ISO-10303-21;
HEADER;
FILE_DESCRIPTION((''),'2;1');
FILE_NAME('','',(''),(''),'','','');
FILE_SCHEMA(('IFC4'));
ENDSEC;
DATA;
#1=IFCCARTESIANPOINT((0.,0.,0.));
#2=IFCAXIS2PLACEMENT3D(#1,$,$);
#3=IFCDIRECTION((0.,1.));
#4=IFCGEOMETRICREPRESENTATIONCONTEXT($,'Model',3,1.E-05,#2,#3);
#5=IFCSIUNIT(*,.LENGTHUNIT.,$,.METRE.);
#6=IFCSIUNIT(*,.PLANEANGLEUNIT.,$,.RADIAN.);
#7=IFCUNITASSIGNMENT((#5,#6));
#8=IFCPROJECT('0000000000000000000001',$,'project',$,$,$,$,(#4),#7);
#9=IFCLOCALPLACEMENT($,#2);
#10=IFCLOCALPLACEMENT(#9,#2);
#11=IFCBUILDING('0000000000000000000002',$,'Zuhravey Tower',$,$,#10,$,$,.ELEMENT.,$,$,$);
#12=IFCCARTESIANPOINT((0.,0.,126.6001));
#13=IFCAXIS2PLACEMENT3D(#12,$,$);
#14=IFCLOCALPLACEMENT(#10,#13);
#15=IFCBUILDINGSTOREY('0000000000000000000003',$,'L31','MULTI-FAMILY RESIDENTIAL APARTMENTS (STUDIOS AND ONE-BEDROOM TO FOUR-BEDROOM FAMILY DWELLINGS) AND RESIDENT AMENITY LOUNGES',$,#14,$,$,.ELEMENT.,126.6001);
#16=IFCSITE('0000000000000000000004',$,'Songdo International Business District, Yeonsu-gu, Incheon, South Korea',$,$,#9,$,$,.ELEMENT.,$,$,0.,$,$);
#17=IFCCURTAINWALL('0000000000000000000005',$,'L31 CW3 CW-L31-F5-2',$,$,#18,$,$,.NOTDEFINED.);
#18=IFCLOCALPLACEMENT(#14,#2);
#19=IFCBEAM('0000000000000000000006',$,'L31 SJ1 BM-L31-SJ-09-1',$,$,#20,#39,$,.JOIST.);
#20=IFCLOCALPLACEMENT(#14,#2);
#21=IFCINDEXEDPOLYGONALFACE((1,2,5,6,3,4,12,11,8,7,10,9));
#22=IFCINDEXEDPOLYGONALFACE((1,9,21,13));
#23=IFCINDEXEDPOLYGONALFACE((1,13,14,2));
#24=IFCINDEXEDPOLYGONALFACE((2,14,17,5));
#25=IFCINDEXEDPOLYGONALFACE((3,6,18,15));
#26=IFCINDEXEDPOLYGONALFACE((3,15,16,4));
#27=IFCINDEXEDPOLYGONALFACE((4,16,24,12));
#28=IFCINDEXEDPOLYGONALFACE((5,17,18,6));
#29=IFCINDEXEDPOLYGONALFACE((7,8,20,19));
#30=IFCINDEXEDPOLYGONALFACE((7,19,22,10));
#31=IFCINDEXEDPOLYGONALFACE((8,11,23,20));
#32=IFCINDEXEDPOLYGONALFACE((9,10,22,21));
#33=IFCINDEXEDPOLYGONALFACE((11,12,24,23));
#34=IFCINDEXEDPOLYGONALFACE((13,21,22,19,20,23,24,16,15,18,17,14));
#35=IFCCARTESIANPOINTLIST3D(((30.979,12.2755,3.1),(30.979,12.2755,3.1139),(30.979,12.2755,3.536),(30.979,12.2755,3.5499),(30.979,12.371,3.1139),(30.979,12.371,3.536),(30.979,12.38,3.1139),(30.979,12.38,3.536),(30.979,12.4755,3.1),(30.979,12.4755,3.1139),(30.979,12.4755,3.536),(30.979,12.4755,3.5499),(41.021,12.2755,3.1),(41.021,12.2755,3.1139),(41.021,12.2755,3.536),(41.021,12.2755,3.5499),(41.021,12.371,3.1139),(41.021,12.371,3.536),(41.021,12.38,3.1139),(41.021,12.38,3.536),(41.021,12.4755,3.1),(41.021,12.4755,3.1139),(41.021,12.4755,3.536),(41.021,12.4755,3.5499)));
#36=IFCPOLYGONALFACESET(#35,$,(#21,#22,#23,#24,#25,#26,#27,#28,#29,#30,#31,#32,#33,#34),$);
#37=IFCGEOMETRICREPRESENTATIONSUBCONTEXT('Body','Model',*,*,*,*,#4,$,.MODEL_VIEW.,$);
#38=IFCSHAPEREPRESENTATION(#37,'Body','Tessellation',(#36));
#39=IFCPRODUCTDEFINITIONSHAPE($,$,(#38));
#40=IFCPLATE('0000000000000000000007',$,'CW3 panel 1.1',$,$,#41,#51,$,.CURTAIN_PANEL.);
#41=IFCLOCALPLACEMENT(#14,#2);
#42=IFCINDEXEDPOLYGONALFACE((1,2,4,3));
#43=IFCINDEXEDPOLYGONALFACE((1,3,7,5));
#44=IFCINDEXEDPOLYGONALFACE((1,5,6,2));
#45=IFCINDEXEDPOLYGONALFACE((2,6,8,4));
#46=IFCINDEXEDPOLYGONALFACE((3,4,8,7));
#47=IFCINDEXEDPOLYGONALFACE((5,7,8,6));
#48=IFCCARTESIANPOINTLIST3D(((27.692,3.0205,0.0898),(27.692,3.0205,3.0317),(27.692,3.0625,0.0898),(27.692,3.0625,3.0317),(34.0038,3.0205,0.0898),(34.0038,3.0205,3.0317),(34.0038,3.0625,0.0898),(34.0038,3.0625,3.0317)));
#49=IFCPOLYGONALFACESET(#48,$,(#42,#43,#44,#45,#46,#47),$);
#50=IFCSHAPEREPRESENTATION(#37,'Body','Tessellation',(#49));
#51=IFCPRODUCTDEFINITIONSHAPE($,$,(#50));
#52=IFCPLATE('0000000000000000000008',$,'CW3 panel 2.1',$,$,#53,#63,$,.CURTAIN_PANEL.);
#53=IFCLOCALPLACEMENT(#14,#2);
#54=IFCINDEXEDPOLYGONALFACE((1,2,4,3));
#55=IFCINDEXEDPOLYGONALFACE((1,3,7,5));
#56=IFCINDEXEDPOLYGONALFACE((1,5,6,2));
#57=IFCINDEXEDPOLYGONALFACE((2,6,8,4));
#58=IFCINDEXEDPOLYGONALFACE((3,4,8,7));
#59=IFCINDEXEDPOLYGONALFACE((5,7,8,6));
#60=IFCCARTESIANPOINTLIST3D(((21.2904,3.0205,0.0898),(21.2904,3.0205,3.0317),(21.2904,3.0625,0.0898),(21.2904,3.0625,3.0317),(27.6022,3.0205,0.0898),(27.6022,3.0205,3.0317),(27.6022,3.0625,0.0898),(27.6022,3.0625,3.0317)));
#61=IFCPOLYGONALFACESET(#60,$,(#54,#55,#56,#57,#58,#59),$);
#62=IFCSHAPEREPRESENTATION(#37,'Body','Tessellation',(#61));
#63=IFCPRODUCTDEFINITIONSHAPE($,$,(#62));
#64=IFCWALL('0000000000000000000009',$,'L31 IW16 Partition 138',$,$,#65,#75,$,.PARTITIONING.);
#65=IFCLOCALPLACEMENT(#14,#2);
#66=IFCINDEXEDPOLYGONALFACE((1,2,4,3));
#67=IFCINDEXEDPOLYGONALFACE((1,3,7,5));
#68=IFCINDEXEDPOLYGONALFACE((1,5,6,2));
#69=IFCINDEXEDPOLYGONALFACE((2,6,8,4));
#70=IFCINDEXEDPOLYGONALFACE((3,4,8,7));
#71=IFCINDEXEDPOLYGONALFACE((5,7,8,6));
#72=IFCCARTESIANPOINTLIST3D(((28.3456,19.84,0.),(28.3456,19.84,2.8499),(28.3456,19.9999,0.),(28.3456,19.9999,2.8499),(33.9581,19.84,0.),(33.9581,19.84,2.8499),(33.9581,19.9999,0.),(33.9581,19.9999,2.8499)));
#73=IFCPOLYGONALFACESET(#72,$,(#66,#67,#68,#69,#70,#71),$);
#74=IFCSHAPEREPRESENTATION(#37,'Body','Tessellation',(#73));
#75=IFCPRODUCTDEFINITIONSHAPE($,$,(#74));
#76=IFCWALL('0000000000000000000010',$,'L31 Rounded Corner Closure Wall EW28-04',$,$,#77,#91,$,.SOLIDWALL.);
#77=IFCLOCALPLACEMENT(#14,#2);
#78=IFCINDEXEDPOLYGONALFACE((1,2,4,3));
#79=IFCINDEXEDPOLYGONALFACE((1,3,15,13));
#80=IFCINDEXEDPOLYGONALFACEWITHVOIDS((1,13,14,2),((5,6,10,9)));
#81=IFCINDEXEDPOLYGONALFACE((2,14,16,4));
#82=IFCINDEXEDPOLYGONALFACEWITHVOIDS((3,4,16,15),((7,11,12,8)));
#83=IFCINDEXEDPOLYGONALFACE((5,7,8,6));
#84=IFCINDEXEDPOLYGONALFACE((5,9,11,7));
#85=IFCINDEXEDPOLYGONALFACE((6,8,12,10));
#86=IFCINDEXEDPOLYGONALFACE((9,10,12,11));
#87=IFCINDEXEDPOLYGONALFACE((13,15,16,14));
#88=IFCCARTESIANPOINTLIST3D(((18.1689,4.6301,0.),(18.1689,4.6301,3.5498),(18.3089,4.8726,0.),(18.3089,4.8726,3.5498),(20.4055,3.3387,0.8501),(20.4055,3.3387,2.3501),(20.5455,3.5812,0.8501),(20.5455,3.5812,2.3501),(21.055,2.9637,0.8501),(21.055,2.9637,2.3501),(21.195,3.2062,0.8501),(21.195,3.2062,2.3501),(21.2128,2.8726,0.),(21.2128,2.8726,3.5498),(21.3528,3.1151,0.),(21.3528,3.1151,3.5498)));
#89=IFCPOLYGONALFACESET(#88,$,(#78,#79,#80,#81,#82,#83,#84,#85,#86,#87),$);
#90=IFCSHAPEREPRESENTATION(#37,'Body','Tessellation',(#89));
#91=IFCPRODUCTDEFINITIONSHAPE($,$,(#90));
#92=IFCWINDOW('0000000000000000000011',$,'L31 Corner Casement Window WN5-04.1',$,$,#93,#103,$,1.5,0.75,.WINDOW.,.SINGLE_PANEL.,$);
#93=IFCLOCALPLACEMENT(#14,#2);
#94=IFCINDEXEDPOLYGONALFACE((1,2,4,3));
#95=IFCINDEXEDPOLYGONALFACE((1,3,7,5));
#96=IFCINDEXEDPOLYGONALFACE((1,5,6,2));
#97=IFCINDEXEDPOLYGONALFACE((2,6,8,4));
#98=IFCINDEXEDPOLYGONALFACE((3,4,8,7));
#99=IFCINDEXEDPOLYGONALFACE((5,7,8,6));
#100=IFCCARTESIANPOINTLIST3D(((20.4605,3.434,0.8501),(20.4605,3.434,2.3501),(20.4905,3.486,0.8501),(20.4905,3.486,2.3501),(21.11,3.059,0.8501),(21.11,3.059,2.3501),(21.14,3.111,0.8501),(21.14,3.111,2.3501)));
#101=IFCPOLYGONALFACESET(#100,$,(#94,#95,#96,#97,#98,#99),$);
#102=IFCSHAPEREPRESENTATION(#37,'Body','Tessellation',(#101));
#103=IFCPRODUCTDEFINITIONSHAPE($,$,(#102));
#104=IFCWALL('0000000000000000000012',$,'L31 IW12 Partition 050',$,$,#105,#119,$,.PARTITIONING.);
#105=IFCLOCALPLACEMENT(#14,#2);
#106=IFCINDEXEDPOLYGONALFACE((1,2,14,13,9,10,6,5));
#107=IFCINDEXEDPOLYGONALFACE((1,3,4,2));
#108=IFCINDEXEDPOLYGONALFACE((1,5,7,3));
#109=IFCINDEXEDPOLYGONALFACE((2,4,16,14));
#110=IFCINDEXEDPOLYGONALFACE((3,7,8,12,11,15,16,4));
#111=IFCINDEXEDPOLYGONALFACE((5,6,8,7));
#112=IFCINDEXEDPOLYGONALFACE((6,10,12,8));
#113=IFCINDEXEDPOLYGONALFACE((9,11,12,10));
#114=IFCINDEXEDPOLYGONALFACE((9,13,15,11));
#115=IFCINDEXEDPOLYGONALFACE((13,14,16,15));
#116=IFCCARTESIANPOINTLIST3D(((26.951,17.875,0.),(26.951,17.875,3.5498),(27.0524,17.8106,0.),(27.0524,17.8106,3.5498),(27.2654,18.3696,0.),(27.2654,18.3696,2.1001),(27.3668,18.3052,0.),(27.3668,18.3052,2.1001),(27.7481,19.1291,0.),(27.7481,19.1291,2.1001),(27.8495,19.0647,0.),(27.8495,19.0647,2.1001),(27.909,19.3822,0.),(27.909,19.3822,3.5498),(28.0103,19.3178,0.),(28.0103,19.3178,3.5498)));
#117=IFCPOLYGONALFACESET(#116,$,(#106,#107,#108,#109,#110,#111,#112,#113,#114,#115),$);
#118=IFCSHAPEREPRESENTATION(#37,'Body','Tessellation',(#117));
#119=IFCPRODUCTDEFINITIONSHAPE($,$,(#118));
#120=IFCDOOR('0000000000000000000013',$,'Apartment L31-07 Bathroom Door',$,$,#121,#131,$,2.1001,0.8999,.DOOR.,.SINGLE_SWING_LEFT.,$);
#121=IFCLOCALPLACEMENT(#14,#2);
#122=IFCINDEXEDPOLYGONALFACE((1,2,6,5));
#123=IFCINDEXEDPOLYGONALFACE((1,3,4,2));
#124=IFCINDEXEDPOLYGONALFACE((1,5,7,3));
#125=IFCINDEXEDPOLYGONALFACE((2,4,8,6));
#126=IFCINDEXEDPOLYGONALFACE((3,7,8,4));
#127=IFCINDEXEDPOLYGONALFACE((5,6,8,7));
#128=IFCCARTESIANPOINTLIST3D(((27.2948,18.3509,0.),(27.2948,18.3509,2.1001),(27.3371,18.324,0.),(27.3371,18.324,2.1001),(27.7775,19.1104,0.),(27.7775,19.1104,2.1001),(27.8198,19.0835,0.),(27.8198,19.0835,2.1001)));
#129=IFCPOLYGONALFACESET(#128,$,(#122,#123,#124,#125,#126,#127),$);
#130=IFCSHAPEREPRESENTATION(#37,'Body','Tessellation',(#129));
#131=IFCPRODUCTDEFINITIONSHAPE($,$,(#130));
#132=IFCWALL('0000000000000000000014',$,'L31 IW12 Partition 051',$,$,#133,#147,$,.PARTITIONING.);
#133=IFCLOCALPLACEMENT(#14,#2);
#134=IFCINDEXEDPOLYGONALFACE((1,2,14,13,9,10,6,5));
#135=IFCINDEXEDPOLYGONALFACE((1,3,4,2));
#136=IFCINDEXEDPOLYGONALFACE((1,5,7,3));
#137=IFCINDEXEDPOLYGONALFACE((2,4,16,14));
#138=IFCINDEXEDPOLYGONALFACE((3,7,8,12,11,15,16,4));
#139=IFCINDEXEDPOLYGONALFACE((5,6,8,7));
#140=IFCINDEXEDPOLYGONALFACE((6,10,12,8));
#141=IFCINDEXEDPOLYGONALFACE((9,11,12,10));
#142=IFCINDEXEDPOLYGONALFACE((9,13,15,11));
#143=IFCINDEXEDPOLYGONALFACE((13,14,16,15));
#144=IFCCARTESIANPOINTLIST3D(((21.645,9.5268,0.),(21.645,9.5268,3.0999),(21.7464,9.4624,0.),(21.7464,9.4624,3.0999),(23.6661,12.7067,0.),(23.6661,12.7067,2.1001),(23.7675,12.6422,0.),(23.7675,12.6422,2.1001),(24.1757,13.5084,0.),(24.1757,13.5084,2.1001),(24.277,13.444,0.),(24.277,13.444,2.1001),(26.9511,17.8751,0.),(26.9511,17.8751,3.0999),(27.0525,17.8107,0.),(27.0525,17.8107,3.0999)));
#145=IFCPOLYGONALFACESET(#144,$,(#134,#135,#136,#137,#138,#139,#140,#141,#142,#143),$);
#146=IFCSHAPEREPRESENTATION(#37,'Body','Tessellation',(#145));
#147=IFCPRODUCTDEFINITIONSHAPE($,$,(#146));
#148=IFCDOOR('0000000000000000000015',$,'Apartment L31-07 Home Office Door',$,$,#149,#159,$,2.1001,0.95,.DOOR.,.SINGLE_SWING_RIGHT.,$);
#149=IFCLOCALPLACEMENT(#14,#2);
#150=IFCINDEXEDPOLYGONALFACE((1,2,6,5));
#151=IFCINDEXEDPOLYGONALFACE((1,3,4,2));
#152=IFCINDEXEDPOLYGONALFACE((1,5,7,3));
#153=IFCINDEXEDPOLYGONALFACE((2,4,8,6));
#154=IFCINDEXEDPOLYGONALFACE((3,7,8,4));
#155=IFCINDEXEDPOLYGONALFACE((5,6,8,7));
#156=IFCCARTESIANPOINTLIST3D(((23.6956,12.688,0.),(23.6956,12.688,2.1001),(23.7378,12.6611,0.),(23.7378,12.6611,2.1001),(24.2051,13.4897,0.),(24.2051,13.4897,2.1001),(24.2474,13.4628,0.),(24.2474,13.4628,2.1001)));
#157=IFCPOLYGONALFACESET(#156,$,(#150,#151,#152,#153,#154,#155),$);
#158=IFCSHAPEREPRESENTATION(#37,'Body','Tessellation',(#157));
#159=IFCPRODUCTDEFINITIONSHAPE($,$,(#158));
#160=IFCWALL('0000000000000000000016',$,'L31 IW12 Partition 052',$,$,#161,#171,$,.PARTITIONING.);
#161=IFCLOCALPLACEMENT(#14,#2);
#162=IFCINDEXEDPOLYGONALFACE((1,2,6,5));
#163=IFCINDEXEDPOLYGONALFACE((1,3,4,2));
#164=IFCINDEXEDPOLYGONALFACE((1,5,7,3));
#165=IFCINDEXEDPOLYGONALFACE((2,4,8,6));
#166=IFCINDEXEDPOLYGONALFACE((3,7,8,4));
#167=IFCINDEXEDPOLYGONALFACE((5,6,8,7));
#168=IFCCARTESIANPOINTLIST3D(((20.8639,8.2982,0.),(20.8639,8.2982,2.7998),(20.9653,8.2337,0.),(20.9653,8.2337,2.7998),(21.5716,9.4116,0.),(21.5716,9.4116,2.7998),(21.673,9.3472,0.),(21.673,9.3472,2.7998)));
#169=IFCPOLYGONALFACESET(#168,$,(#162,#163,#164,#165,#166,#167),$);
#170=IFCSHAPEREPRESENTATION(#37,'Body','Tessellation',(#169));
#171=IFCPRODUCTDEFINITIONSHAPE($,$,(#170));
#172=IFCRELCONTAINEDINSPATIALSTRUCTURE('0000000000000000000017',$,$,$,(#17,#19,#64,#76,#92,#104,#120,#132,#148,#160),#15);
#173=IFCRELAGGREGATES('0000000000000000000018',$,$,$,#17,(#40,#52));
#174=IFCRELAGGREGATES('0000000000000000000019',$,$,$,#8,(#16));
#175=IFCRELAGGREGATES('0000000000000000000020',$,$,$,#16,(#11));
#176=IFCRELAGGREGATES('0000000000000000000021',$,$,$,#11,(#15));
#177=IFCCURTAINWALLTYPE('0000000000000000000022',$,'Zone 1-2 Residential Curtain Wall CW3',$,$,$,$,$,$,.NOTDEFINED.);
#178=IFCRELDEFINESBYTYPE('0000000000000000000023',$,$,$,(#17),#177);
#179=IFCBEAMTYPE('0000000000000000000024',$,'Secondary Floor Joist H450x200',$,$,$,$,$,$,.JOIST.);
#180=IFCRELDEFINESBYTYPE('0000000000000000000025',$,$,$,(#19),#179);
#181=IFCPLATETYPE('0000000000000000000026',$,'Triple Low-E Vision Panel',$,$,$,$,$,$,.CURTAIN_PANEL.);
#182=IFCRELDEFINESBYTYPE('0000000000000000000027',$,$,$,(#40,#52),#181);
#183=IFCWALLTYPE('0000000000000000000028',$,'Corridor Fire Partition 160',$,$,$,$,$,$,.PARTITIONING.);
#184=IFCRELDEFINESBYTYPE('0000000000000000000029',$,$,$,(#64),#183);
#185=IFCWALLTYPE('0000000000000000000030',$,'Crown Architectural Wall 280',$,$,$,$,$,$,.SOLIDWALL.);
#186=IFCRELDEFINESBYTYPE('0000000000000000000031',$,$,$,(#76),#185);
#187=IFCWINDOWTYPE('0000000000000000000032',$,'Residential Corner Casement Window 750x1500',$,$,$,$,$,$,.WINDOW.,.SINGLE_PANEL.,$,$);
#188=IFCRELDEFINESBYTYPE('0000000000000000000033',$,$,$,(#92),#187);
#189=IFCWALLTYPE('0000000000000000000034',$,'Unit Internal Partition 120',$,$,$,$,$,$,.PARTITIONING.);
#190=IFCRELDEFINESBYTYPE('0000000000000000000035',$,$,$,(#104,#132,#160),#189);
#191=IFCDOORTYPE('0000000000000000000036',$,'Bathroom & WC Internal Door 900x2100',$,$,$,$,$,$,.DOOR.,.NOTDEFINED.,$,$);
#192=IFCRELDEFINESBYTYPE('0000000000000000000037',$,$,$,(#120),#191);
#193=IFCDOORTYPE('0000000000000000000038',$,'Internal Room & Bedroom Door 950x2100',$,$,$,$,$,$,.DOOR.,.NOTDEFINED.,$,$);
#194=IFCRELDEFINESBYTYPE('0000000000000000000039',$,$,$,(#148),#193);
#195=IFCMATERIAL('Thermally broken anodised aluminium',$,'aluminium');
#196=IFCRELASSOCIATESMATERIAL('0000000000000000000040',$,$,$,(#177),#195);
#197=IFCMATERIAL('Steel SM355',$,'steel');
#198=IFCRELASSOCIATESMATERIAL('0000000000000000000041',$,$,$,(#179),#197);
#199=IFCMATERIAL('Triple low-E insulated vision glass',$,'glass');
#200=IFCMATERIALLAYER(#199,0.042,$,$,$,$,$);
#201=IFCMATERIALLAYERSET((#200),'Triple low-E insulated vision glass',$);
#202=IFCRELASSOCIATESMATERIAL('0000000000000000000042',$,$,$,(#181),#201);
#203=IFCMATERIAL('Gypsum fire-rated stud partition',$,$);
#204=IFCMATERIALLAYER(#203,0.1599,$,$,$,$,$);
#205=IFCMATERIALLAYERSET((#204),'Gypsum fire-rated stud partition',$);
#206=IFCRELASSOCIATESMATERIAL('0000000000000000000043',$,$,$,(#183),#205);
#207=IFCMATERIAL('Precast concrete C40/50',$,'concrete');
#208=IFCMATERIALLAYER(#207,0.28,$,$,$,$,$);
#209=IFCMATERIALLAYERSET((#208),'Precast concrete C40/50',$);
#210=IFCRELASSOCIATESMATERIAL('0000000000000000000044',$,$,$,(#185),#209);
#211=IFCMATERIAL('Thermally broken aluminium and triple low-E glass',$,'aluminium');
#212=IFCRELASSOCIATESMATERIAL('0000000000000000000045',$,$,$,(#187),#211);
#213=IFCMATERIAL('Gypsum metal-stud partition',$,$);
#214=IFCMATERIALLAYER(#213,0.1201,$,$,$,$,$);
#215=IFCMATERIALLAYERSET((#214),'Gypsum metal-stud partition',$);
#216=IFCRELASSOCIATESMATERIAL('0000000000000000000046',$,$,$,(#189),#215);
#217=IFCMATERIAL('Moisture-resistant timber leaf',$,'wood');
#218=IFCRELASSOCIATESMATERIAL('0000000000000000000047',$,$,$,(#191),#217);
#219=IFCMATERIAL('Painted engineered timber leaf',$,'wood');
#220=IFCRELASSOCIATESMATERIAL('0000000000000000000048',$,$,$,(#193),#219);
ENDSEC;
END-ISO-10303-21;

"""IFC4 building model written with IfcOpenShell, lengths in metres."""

from ifc_helpers import new_model, si_unit, direction, frame, frame_2d, origin, origin_2d, place, context, subcontext, project, spatial, rectangle, i_section, extrude, material, layer, layer_set, material_profile, profile_set, type_object, element, fill, aggregate, save


model = new_model("IFC4")

# Units and contexts
model_context = context("Model", 3, precision=1e-05, world=origin(), true_north=direction((0.0, 1.0)))
body_context = subcontext(model_context, "Body", "Model", "MODEL_VIEW")
ifc_project = project(units=[si_unit("LENGTHUNIT", "METRE"), si_unit("PLANEANGLEUNIT", "RADIAN")], contexts=[model_context])

# Site, building, storey
site_placement = place(None, origin())
site = spatial("IfcSite", under=ifc_project, at=site_placement, Name="Songdo International Business District, Yeonsu-gu, Incheon, South Korea", CompositionType="ELEMENT", RefElevation=0.0)
building_placement = place(site_placement, origin())
building = spatial("IfcBuilding", under=site, at=building_placement, Name="Zuhravey Tower", CompositionType="ELEMENT")
storey_placement = place(building_placement, frame((0.0, 0.0, 126.6001)))
storey = spatial("IfcBuildingStorey", under=building, at=storey_placement, Name="L31", Description="MULTI-FAMILY RESIDENTIAL APARTMENTS (STUDIOS AND ONE-BEDROOM TO FOUR-BEDROOM FAMILY DWELLINGS) AND RESIDENT AMENITY LOUNGES", CompositionType="ELEMENT", Elevation=126.6001)

# Curtain wall
ifc_material_1 = material(Name="Thermally broken anodised aluminium", Category="aluminium")
curtain_wall_type = type_object("IfcCurtainWallType", Name="Zone 1-2 Residential Curtain Wall CW3", PredefinedType="NOTDEFINED", material=ifc_material_1)
curtain_wall_placement = place(storey_placement, origin())
curtain_wall = element("IfcCurtainWall", 1, at=curtain_wall_placement, inside=storey, type_object=curtain_wall_type, Name="L31 CW3 CW-L31-F5-2", PredefinedType="NOTDEFINED")

# Beam
ifc_material_2 = material(Name="Steel SM355", Category="steel")
ifc_material_profile_1 = material_profile(ifc_material_2, i_section(OverallWidth=0.2, OverallDepth=0.45, WebThickness=0.009, FlangeThickness=0.0139, at=origin_2d()), Name="H-450x200x9x14")
ifc_profile_set_1 = profile_set([ifc_material_profile_1], Name="Steel SM355")
beam_type_1 = type_object("IfcBeamType", Name="Secondary Floor Joist H450x200", PredefinedType="JOIST", material=ifc_profile_set_1)
beam_1_placement = place(storey_placement, frame((30.979, 12.3755, 3.325), z_axis=(1.0, 0.0, 0.0), x_axis=(0.0, 1.0, 0.0)))
element("IfcBeam", 2, at=beam_1_placement, inside=storey, type_object=beam_type_1, Name="L31 SJ1 BM-L31-SJ-09-1", PredefinedType="JOIST", context=body_context, shape_type="SweptSolid", body=[
    extrude(i_section(OverallWidth=0.2, OverallDepth=0.45, WebThickness=0.009, FlangeThickness=0.0139, at=origin_2d()), origin(), (0.0, 0.0, 1.0), 10.042),
])

# Plates
ifc_material_3 = material(Name="Triple low-E insulated vision glass", Category="glass")
ifc_layer_1 = layer(ifc_material_3, 0.042)
ifc_layer_set_1 = layer_set([ifc_layer_1], Name="Triple low-E insulated vision glass")
plate_type = type_object("IfcPlateType", Name="Triple Low-E Vision Panel", PredefinedType="CURTAIN_PANEL", material=ifc_layer_set_1)
plate_1_placement = place(storey_placement, frame((30.8479, 3.0415, 0.0898), z_axis=(0.0, 0.0, 1.0), x_axis=(-1.0, 0.0, 0.0)))
plate_1 = element("IfcPlate", 3, at=plate_1_placement, type_object=plate_type, Name="CW3 panel 1.1", PredefinedType="CURTAIN_PANEL", context=body_context, shape_type="SweptSolid", body=[
    extrude(rectangle(XDim=6.3118, YDim=0.042, at=origin_2d()), origin(), (0.0, 0.0, 1.0), 2.9419),
])
plate_2_placement = place(storey_placement, frame((24.4463, 3.0415, 0.0898), z_axis=(0.0, 0.0, 1.0), x_axis=(-1.0, 0.0, 0.0)))
plate_2 = element("IfcPlate", 4, at=plate_2_placement, type_object=plate_type, Name="CW3 panel 2.1", PredefinedType="CURTAIN_PANEL", context=body_context, shape_type="SweptSolid", body=[
    extrude(rectangle(XDim=6.3118, YDim=0.042, at=origin_2d()), origin(), (0.0, 0.0, 1.0), 2.9419),
])
aggregate(curtain_wall, [plate_1, plate_2])

# Shared definitions
ifc_material_4 = material(Name="Gypsum fire-rated stud partition")
ifc_layer_2 = layer(ifc_material_4, 0.1599)
ifc_layer_set_2 = layer_set([ifc_layer_2], Name="Gypsum fire-rated stud partition")
wall_type_1 = type_object("IfcWallType", Name="Corridor Fire Partition 160", PredefinedType="PARTITIONING", material=ifc_layer_set_2)

# Wall
wall_1_placement = place(storey_placement, frame((28.3457, 19.9199, 0.0), z_axis=(0.0, 0.0, 1.0), x_axis=(1.0, 0.0, 0.0)))
element("IfcWall", 5, at=wall_1_placement, inside=storey, type_object=wall_type_1, Name="L31 IW16 Partition 138", PredefinedType="PARTITIONING", context=body_context, shape_type="SweptSolid", body=[
    extrude(rectangle(XDim=5.6125, YDim=0.1599, at=frame_2d((2.8062, 0.0))), origin(), (0.0, 0.0, 1.0), 2.8499),
])

# Wall, opening, window
ifc_material_5 = material(Name="Precast concrete C40/50", Category="concrete")
ifc_layer_3 = layer(ifc_material_5, 0.28)
ifc_layer_set_3 = layer_set([ifc_layer_3], Name="Precast concrete C40/50")
wall_type_2 = type_object("IfcWallType", Name="Crown Architectural Wall 280", PredefinedType="SOLIDWALL", material=ifc_layer_set_3)
wall_2_placement = place(storey_placement, frame((21.2827, 2.9939, 0.0), z_axis=(0.0, 0.0, 1.0), x_axis=(-0.866007, 0.500031, 0.0)))
wall_2 = element("IfcWall", 6, at=wall_2_placement, inside=storey, type_object=wall_type_2, Name="L31 Rounded Corner Closure Wall EW28-04", PredefinedType="SOLIDWALL", context=body_context, shape_type="SweptSolid", body=[
    extrude(rectangle(XDim=3.5149, YDim=0.28, at=frame_2d((1.7573, 0.0))), origin(), (0.0, 0.0, 1.0), 3.5498),
])
opening_1_placement = place(wall_2_placement, frame((0.1821, 0.0, 0.8501)))
opening_1 = element("IfcOpeningElement", 7, at=opening_1_placement, cuts=wall_2, PredefinedType="OPENING", context=body_context, shape_type="SweptSolid", body=[
    extrude(rectangle(XDim=0.75, YDim=1.5, at=frame_2d((0.375, 0.75))), frame((0.0, 0.1521, 0.0), z_axis=(0.0, -1.0, 0.0), x_axis=(1.0, 0.0, 0.0)), (0.0, 0.0, 1.0), 0.304),
])
ifc_material_6 = material(Name="Thermally broken aluminium and triple low-E glass", Category="aluminium")
window_type = type_object("IfcWindowType", Name="Residential Corner Casement Window 750x1500", PartitioningType="SINGLE_PANEL", PredefinedType="WINDOW", material=ifc_material_6)
window_placement = place(opening_1_placement, origin())
window = element("IfcWindow", 8, at=window_placement, inside=storey, type_object=window_type, Name="L31 Corner Casement Window WN5-04.1", OverallHeight=1.5, OverallWidth=0.75, PartitioningType="SINGLE_PANEL", PredefinedType="WINDOW", context=body_context, shape_type="SweptSolid", body=[
    extrude(rectangle(XDim=0.75, YDim=1.5, at=frame_2d((0.375, 0.75))), frame((0.0, 0.03, 0.0), z_axis=(0.0, -1.0, 0.0), x_axis=(1.0, 0.0, 0.0)), (0.0, 0.0, 1.0), 0.0601),
])
fill(opening_1, window)

# Walls, openings, doors
ifc_material_7 = material(Name="Gypsum metal-stud partition")
ifc_layer_4 = layer(ifc_material_7, 0.1201)
ifc_layer_set_4 = layer_set([ifc_layer_4], Name="Gypsum metal-stud partition")
wall_type_3 = type_object("IfcWallType", Name="Unit Internal Partition 120", PredefinedType="PARTITIONING", material=ifc_layer_set_4)
wall_3_placement = place(storey_placement, frame((27.9597, 19.3501, 0.0), z_axis=(0.0, 0.0, 1.0), x_axis=(-0.536398, -0.843965, 0.0)))
wall_3 = element("IfcWall", 9, at=wall_3_placement, inside=storey, type_object=wall_type_3, Name="L31 IW12 Partition 050", PredefinedType="PARTITIONING", context=body_context, shape_type="SweptSolid", body=[
    extrude(rectangle(XDim=1.7859, YDim=0.1201, at=frame_2d((0.8931, 0.0))), origin(), (0.0, 0.0, 1.0), 3.5498),
])
opening_2_placement = place(wall_3_placement, frame((0.3, 0.0, 0.0)))
opening_2 = element("IfcOpeningElement", 10, at=opening_2_placement, cuts=wall_3, PredefinedType="OPENING", context=body_context, shape_type="SweptSolid", body=[
    extrude(rectangle(XDim=0.8999, YDim=2.1001, at=frame_2d((0.45, 1.05))), frame((0.0, 0.072, 0.0), z_axis=(0.0, -1.0, 0.0), x_axis=(1.0, 0.0, 0.0)), (0.0, 0.0, 1.0), 0.144),
])
ifc_material_8 = material(Name="Moisture-resistant timber leaf", Category="wood")
door_type_1 = type_object("IfcDoorType", Name="Bathroom & WC Internal Door 900x2100", OperationType="NOTDEFINED", PredefinedType="DOOR", material=ifc_material_8)
door_1_placement = place(opening_2_placement, origin())
door_1 = element("IfcDoor", 11, at=door_1_placement, inside=storey, type_object=door_type_1, Name="Apartment L31-07 Bathroom Door", OperationType="SINGLE_SWING_LEFT", OverallHeight=2.1001, OverallWidth=0.8999, PredefinedType="DOOR", context=body_context, shape_type="SweptSolid", body=[
    extrude(rectangle(XDim=0.8999, YDim=2.1001, at=frame_2d((0.45, 1.05))), frame((0.0, 0.0249, 0.0), z_axis=(0.0, -1.0, 0.0), x_axis=(1.0, 0.0, 0.0)), (0.0, 0.0, 1.0), 0.05),
])
fill(opening_2, door_1)
wall_4_placement = place(storey_placement, frame((27.0017, 17.8428, 0.0), z_axis=(0.0, 0.0, 1.0), x_axis=(-0.536411, -0.843957, 0.0)))
wall_4 = element("IfcWall", 12, at=wall_4_placement, inside=storey, type_object=wall_type_3, Name="L31 IW12 Partition 051", PredefinedType="PARTITIONING", context=body_context, shape_type="SweptSolid", body=[
    extrude(rectangle(XDim=9.8918, YDim=0.1201, at=frame_2d((4.9458, 0.0))), origin(), (0.0, 0.0, 1.0), 3.0999),
])
opening_3_placement = place(wall_4_placement, frame((5.1738, 0.0, 0.0)))
opening_3 = element("IfcOpeningElement", 13, at=opening_3_placement, cuts=wall_4, PredefinedType="OPENING", context=body_context, shape_type="SweptSolid", body=[
    extrude(rectangle(XDim=0.95, YDim=2.1001, at=frame_2d((0.4751, 1.05))), frame((0.0, 0.072, 0.0), z_axis=(0.0, -1.0, 0.0), x_axis=(1.0, 0.0, 0.0)), (0.0, 0.0, 1.0), 0.144),
])
ifc_material_9 = material(Name="Painted engineered timber leaf", Category="wood")
door_type_2 = type_object("IfcDoorType", Name="Internal Room & Bedroom Door 950x2100", OperationType="NOTDEFINED", PredefinedType="DOOR", material=ifc_material_9)
door_2_placement = place(opening_3_placement, origin())
door_2 = element("IfcDoor", 14, at=door_2_placement, inside=storey, type_object=door_type_2, Name="Apartment L31-07 Home Office Door", OperationType="SINGLE_SWING_RIGHT", OverallHeight=2.1001, OverallWidth=0.95, PredefinedType="DOOR", context=body_context, shape_type="SweptSolid", body=[
    extrude(rectangle(XDim=0.95, YDim=2.1001, at=frame_2d((0.4751, 1.05))), frame((0.0, 0.0249, 0.0), z_axis=(0.0, -1.0, 0.0), x_axis=(1.0, 0.0, 0.0)), (0.0, 0.0, 1.0), 0.05),
])
fill(opening_3, door_2)

# Wall
wall_5_placement = place(storey_placement, frame((21.6223, 9.3794, 0.0), z_axis=(0.0, 0.0, 1.0), x_axis=(-0.53642, -0.843951, 0.0)))
element("IfcWall", 15, at=wall_5_placement, inside=storey, type_object=wall_type_3, Name="L31 IW12 Partition 052", PredefinedType="PARTITIONING", context=body_context, shape_type="SweptSolid", body=[
    extrude(rectangle(XDim=1.3193, YDim=0.1201, at=frame_2d((0.6597, 0.0))), origin(), (0.0, 0.0, 1.0), 2.7998),
])

save(model, "model.ifc")
